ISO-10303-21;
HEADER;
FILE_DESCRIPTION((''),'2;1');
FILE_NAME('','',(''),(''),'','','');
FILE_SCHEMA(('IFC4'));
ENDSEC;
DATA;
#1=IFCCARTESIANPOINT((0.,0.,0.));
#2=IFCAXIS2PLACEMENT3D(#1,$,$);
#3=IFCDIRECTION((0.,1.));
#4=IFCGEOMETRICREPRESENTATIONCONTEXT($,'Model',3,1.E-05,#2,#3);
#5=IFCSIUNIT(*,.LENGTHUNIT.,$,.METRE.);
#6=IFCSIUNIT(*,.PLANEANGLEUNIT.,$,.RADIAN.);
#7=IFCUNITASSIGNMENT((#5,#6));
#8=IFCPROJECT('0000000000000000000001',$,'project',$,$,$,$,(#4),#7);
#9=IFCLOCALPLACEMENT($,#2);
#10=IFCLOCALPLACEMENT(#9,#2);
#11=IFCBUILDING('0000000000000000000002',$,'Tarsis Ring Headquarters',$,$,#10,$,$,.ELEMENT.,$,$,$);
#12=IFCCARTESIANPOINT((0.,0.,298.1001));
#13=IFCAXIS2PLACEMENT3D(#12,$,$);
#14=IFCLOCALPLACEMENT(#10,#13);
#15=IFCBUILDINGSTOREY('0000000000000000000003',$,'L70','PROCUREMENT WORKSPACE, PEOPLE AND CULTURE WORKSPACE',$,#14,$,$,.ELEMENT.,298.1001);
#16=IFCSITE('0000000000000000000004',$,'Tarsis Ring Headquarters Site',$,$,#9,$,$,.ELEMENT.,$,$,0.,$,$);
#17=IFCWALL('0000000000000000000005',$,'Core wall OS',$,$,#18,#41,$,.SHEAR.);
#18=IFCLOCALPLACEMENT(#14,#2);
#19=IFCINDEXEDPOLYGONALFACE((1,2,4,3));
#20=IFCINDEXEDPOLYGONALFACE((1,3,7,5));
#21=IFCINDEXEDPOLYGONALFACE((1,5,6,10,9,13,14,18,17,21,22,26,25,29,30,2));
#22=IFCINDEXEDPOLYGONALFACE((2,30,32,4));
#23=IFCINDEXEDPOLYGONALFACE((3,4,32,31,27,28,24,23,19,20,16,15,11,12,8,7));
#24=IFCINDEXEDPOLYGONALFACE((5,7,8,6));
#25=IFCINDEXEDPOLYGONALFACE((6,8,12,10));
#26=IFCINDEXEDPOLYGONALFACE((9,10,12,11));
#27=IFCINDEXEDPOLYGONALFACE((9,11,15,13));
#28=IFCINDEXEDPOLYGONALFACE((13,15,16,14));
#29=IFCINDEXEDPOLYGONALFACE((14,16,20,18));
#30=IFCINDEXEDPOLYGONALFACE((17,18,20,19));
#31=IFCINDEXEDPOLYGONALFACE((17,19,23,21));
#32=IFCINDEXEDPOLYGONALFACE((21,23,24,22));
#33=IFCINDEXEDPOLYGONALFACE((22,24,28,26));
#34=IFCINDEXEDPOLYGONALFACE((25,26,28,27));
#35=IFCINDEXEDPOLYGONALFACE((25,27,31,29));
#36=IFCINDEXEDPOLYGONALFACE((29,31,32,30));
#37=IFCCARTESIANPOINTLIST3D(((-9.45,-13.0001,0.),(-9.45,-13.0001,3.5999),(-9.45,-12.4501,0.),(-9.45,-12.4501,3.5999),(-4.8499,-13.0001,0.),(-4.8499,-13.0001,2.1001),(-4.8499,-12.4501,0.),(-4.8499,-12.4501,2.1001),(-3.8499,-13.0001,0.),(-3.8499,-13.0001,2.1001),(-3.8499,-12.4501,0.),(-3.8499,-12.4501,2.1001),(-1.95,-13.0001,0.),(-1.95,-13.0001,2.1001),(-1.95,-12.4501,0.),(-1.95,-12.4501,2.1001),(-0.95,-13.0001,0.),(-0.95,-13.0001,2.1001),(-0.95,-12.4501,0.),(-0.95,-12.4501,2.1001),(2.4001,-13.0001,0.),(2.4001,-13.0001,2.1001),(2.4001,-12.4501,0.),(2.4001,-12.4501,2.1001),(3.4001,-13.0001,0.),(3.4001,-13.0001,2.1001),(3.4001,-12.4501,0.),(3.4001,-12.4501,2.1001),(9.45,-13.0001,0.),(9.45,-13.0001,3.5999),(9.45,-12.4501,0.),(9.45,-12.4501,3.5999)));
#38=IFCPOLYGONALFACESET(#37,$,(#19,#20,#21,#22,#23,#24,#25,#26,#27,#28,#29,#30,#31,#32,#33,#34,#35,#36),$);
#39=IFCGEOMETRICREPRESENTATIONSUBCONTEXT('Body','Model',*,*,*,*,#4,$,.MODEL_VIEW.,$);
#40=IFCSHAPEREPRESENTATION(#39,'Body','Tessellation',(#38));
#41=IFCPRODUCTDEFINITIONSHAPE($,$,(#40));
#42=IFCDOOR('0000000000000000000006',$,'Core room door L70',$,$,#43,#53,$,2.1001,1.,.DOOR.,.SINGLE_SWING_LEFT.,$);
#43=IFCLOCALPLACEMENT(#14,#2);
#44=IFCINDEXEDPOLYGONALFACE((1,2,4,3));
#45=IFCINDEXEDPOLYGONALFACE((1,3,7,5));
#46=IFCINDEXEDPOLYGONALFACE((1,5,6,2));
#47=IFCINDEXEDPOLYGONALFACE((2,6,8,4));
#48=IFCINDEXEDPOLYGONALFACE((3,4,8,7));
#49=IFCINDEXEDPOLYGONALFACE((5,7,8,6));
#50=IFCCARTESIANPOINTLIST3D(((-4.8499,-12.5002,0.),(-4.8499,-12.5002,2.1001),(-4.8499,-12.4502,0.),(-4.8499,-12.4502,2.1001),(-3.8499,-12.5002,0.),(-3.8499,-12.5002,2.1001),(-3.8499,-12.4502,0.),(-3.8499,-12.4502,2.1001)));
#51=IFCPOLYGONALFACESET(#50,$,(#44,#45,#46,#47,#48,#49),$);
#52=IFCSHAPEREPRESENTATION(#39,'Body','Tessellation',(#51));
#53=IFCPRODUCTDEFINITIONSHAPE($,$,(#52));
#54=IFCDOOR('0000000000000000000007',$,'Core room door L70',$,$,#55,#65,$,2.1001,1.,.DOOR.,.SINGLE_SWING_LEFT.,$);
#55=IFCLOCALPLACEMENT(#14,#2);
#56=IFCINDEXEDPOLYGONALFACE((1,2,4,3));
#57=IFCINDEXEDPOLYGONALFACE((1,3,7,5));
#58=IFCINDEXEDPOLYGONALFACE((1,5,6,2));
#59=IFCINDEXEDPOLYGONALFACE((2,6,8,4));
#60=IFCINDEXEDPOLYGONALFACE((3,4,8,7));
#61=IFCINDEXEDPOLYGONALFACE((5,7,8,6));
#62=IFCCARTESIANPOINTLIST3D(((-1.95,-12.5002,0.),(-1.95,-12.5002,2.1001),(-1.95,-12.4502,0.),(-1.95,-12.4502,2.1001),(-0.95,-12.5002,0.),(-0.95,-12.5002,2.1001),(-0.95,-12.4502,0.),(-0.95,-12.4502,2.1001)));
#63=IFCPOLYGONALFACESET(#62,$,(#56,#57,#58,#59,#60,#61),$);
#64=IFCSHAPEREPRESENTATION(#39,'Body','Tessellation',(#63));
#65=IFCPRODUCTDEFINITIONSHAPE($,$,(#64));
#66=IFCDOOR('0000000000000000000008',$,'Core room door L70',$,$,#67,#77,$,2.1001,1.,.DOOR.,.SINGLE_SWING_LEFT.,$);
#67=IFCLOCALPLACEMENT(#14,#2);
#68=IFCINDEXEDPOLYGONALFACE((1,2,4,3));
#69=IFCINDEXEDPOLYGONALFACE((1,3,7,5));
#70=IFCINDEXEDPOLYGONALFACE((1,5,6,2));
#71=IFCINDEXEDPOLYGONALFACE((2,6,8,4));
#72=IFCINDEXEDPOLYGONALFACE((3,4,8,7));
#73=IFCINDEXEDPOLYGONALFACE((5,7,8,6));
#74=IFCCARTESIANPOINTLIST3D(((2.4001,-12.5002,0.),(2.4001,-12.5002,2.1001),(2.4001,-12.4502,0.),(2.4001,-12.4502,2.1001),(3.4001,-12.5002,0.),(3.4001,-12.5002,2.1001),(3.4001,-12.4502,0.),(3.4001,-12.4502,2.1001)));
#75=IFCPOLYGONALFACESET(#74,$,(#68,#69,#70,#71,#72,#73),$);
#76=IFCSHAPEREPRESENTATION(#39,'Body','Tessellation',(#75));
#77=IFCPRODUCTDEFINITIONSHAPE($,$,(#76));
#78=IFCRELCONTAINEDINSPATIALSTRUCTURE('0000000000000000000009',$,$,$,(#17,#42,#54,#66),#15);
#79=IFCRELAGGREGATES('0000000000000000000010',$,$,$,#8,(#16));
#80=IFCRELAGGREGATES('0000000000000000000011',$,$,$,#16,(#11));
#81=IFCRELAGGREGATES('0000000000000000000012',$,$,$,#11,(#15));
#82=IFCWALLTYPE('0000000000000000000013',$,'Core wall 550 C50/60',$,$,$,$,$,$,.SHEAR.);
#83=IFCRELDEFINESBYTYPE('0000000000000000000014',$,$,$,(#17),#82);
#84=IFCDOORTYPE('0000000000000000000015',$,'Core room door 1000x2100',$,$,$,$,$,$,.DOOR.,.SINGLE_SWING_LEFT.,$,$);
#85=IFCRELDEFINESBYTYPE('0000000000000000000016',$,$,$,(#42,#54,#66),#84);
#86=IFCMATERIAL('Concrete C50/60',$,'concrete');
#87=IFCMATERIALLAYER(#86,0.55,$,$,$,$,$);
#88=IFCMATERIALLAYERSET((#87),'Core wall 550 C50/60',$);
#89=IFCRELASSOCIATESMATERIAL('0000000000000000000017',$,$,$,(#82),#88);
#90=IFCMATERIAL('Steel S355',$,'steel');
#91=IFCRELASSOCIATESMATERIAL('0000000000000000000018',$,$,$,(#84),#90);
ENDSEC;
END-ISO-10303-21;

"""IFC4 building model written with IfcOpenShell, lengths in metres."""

from ifc_helpers import new_model, si_unit, direction, frame, frame_2d, origin, place, context, subcontext, project, spatial, rectangle, extrude, material, layer, layer_set, type_object, element, fill, save


model = new_model("IFC4")

# Units and contexts
model_context = context("Model", 3, precision=1e-05, world=origin(), true_north=direction((0.0, 1.0)))
body_context = subcontext(model_context, "Body", "Model", "MODEL_VIEW")
ifc_project = project(units=[si_unit("LENGTHUNIT", "METRE"), si_unit("PLANEANGLEUNIT", "RADIAN")], contexts=[model_context])

# Site, building, storey
site_placement = place(None, origin())
site = spatial("IfcSite", under=ifc_project, at=site_placement, Name="Tarsis Ring Headquarters Site", CompositionType="ELEMENT", RefElevation=0.0)
building_placement = place(site_placement, origin())
building = spatial("IfcBuilding", under=site, at=building_placement, Name="Tarsis Ring Headquarters", CompositionType="ELEMENT")
storey_placement = place(building_placement, frame((0.0, 0.0, 298.1001)))
storey = spatial("IfcBuildingStorey", under=building, at=storey_placement, Name="L70", Description="PROCUREMENT WORKSPACE, PEOPLE AND CULTURE WORKSPACE", CompositionType="ELEMENT", Elevation=298.1001)

# Wall, openings, doors
ifc_material_1 = material(Name="Concrete C50/60", Category="concrete")
ifc_layer_1 = layer(ifc_material_1, 0.55)
ifc_layer_set_1 = layer_set([ifc_layer_1], Name="Core wall 550 C50/60")
wall_type_1 = type_object("IfcWallType", Name="Core wall 550 C50/60", PredefinedType="SHEAR", material=ifc_layer_set_1)
ifc_material_2 = material(Name="Steel S355", Category="steel")
door_type_1 = type_object("IfcDoorType", Name="Core room door 1000x2100", OperationType="SINGLE_SWING_LEFT", PredefinedType="DOOR", material=ifc_material_2)
wall_1_placement = place(storey_placement, frame((-9.45, -12.7251, 0.0), z_axis=(0.0, 0.0, 1.0), x_axis=(1.0, 0.0, 0.0)))
wall_1 = element("IfcWall", 1, at=wall_1_placement, inside=storey, type_object=wall_type_1, Name="Core wall OS", PredefinedType="SHEAR", context=body_context, shape_type="SweptSolid", body=[
    extrude(rectangle(XDim=18.8999, YDim=0.55, at=frame_2d((9.45, 0.0))), origin(), (0.0, 0.0, 1.0), 3.5999),
])
opening_1_placement = place(wall_1_placement, frame((4.6001, 0.0, 0.0)))
opening_1 = element("IfcOpeningElement", 2, at=opening_1_placement, cuts=wall_1, PredefinedType="OPENING", context=body_context, shape_type="SweptSolid", body=[
    extrude(rectangle(XDim=1.0, YDim=2.1001, at=frame_2d((0.5, 1.05))), frame((0.0, 0.2849, 0.0), z_axis=(0.0, -1.0, 0.0), x_axis=(1.0, 0.0, 0.0)), (0.0, 0.0, 1.0), 0.5701),
])
opening_2_placement = place(wall_1_placement, frame((7.5, 0.0, 0.0)))
opening_2 = element("IfcOpeningElement", 3, at=opening_2_placement, cuts=wall_1, PredefinedType="OPENING", context=body_context, shape_type="SweptSolid", body=[
    extrude(rectangle(XDim=1.0, YDim=2.1001, at=frame_2d((0.5, 1.05))), frame((0.0, 0.2849, 0.0), z_axis=(0.0, -1.0, 0.0), x_axis=(1.0, 0.0, 0.0)), (0.0, 0.0, 1.0), 0.5701),
])
opening_3_placement = place(wall_1_placement, frame((11.8501, 0.0, 0.0)))
opening_3 = element("IfcOpeningElement", 4, at=opening_3_placement, cuts=wall_1, PredefinedType="OPENING", context=body_context, shape_type="SweptSolid", body=[
    extrude(rectangle(XDim=1.0, YDim=2.1001, at=frame_2d((0.5, 1.05))), frame((0.0, 0.2849, 0.0), z_axis=(0.0, -1.0, 0.0), x_axis=(1.0, 0.0, 0.0)), (0.0, 0.0, 1.0), 0.5701),
])
door_1_placement = place(opening_1_placement, origin())
door_1 = element("IfcDoor", 5, at=door_1_placement, inside=storey, type_object=door_type_1, Name="Core room door L70", OperationType="SINGLE_SWING_LEFT", OverallHeight=2.1001, OverallWidth=1.0, PredefinedType="DOOR", context=body_context, shape_type="SweptSolid", body=[
    extrude(rectangle(XDim=1.0, YDim=2.1001, at=frame_2d((0.5, 1.05))), frame((0.0, 0.2749, 0.0), z_axis=(0.0, -1.0, 0.0), x_axis=(1.0, 0.0, 0.0)), (0.0, 0.0, 1.0), 0.05),
])
fill(opening_1, door_1)
door_2_placement = place(opening_2_placement, origin())
door_2 = element("IfcDoor", 6, at=door_2_placement, inside=storey, type_object=door_type_1, Name="Core room door L70", OperationType="SINGLE_SWING_LEFT", OverallHeight=2.1001, OverallWidth=1.0, PredefinedType="DOOR", context=body_context, shape_type="SweptSolid", body=[
    extrude(rectangle(XDim=1.0, YDim=2.1001, at=frame_2d((0.5, 1.05))), frame((0.0, 0.2749, 0.0), z_axis=(0.0, -1.0, 0.0), x_axis=(1.0, 0.0, 0.0)), (0.0, 0.0, 1.0), 0.05),
])
fill(opening_2, door_2)
door_3_placement = place(opening_3_placement, origin())
door_3 = element("IfcDoor", 7, at=door_3_placement, inside=storey, type_object=door_type_1, Name="Core room door L70", OperationType="SINGLE_SWING_LEFT", OverallHeight=2.1001, OverallWidth=1.0, PredefinedType="DOOR", context=body_context, shape_type="SweptSolid", body=[
    extrude(rectangle(XDim=1.0, YDim=2.1001, at=frame_2d((0.5, 1.05))), frame((0.0, 0.2749, 0.0), z_axis=(0.0, -1.0, 0.0), x_axis=(1.0, 0.0, 0.0)), (0.0, 0.0, 1.0), 0.05),
])
fill(opening_3, door_3)

save(model, "model.ifc")
